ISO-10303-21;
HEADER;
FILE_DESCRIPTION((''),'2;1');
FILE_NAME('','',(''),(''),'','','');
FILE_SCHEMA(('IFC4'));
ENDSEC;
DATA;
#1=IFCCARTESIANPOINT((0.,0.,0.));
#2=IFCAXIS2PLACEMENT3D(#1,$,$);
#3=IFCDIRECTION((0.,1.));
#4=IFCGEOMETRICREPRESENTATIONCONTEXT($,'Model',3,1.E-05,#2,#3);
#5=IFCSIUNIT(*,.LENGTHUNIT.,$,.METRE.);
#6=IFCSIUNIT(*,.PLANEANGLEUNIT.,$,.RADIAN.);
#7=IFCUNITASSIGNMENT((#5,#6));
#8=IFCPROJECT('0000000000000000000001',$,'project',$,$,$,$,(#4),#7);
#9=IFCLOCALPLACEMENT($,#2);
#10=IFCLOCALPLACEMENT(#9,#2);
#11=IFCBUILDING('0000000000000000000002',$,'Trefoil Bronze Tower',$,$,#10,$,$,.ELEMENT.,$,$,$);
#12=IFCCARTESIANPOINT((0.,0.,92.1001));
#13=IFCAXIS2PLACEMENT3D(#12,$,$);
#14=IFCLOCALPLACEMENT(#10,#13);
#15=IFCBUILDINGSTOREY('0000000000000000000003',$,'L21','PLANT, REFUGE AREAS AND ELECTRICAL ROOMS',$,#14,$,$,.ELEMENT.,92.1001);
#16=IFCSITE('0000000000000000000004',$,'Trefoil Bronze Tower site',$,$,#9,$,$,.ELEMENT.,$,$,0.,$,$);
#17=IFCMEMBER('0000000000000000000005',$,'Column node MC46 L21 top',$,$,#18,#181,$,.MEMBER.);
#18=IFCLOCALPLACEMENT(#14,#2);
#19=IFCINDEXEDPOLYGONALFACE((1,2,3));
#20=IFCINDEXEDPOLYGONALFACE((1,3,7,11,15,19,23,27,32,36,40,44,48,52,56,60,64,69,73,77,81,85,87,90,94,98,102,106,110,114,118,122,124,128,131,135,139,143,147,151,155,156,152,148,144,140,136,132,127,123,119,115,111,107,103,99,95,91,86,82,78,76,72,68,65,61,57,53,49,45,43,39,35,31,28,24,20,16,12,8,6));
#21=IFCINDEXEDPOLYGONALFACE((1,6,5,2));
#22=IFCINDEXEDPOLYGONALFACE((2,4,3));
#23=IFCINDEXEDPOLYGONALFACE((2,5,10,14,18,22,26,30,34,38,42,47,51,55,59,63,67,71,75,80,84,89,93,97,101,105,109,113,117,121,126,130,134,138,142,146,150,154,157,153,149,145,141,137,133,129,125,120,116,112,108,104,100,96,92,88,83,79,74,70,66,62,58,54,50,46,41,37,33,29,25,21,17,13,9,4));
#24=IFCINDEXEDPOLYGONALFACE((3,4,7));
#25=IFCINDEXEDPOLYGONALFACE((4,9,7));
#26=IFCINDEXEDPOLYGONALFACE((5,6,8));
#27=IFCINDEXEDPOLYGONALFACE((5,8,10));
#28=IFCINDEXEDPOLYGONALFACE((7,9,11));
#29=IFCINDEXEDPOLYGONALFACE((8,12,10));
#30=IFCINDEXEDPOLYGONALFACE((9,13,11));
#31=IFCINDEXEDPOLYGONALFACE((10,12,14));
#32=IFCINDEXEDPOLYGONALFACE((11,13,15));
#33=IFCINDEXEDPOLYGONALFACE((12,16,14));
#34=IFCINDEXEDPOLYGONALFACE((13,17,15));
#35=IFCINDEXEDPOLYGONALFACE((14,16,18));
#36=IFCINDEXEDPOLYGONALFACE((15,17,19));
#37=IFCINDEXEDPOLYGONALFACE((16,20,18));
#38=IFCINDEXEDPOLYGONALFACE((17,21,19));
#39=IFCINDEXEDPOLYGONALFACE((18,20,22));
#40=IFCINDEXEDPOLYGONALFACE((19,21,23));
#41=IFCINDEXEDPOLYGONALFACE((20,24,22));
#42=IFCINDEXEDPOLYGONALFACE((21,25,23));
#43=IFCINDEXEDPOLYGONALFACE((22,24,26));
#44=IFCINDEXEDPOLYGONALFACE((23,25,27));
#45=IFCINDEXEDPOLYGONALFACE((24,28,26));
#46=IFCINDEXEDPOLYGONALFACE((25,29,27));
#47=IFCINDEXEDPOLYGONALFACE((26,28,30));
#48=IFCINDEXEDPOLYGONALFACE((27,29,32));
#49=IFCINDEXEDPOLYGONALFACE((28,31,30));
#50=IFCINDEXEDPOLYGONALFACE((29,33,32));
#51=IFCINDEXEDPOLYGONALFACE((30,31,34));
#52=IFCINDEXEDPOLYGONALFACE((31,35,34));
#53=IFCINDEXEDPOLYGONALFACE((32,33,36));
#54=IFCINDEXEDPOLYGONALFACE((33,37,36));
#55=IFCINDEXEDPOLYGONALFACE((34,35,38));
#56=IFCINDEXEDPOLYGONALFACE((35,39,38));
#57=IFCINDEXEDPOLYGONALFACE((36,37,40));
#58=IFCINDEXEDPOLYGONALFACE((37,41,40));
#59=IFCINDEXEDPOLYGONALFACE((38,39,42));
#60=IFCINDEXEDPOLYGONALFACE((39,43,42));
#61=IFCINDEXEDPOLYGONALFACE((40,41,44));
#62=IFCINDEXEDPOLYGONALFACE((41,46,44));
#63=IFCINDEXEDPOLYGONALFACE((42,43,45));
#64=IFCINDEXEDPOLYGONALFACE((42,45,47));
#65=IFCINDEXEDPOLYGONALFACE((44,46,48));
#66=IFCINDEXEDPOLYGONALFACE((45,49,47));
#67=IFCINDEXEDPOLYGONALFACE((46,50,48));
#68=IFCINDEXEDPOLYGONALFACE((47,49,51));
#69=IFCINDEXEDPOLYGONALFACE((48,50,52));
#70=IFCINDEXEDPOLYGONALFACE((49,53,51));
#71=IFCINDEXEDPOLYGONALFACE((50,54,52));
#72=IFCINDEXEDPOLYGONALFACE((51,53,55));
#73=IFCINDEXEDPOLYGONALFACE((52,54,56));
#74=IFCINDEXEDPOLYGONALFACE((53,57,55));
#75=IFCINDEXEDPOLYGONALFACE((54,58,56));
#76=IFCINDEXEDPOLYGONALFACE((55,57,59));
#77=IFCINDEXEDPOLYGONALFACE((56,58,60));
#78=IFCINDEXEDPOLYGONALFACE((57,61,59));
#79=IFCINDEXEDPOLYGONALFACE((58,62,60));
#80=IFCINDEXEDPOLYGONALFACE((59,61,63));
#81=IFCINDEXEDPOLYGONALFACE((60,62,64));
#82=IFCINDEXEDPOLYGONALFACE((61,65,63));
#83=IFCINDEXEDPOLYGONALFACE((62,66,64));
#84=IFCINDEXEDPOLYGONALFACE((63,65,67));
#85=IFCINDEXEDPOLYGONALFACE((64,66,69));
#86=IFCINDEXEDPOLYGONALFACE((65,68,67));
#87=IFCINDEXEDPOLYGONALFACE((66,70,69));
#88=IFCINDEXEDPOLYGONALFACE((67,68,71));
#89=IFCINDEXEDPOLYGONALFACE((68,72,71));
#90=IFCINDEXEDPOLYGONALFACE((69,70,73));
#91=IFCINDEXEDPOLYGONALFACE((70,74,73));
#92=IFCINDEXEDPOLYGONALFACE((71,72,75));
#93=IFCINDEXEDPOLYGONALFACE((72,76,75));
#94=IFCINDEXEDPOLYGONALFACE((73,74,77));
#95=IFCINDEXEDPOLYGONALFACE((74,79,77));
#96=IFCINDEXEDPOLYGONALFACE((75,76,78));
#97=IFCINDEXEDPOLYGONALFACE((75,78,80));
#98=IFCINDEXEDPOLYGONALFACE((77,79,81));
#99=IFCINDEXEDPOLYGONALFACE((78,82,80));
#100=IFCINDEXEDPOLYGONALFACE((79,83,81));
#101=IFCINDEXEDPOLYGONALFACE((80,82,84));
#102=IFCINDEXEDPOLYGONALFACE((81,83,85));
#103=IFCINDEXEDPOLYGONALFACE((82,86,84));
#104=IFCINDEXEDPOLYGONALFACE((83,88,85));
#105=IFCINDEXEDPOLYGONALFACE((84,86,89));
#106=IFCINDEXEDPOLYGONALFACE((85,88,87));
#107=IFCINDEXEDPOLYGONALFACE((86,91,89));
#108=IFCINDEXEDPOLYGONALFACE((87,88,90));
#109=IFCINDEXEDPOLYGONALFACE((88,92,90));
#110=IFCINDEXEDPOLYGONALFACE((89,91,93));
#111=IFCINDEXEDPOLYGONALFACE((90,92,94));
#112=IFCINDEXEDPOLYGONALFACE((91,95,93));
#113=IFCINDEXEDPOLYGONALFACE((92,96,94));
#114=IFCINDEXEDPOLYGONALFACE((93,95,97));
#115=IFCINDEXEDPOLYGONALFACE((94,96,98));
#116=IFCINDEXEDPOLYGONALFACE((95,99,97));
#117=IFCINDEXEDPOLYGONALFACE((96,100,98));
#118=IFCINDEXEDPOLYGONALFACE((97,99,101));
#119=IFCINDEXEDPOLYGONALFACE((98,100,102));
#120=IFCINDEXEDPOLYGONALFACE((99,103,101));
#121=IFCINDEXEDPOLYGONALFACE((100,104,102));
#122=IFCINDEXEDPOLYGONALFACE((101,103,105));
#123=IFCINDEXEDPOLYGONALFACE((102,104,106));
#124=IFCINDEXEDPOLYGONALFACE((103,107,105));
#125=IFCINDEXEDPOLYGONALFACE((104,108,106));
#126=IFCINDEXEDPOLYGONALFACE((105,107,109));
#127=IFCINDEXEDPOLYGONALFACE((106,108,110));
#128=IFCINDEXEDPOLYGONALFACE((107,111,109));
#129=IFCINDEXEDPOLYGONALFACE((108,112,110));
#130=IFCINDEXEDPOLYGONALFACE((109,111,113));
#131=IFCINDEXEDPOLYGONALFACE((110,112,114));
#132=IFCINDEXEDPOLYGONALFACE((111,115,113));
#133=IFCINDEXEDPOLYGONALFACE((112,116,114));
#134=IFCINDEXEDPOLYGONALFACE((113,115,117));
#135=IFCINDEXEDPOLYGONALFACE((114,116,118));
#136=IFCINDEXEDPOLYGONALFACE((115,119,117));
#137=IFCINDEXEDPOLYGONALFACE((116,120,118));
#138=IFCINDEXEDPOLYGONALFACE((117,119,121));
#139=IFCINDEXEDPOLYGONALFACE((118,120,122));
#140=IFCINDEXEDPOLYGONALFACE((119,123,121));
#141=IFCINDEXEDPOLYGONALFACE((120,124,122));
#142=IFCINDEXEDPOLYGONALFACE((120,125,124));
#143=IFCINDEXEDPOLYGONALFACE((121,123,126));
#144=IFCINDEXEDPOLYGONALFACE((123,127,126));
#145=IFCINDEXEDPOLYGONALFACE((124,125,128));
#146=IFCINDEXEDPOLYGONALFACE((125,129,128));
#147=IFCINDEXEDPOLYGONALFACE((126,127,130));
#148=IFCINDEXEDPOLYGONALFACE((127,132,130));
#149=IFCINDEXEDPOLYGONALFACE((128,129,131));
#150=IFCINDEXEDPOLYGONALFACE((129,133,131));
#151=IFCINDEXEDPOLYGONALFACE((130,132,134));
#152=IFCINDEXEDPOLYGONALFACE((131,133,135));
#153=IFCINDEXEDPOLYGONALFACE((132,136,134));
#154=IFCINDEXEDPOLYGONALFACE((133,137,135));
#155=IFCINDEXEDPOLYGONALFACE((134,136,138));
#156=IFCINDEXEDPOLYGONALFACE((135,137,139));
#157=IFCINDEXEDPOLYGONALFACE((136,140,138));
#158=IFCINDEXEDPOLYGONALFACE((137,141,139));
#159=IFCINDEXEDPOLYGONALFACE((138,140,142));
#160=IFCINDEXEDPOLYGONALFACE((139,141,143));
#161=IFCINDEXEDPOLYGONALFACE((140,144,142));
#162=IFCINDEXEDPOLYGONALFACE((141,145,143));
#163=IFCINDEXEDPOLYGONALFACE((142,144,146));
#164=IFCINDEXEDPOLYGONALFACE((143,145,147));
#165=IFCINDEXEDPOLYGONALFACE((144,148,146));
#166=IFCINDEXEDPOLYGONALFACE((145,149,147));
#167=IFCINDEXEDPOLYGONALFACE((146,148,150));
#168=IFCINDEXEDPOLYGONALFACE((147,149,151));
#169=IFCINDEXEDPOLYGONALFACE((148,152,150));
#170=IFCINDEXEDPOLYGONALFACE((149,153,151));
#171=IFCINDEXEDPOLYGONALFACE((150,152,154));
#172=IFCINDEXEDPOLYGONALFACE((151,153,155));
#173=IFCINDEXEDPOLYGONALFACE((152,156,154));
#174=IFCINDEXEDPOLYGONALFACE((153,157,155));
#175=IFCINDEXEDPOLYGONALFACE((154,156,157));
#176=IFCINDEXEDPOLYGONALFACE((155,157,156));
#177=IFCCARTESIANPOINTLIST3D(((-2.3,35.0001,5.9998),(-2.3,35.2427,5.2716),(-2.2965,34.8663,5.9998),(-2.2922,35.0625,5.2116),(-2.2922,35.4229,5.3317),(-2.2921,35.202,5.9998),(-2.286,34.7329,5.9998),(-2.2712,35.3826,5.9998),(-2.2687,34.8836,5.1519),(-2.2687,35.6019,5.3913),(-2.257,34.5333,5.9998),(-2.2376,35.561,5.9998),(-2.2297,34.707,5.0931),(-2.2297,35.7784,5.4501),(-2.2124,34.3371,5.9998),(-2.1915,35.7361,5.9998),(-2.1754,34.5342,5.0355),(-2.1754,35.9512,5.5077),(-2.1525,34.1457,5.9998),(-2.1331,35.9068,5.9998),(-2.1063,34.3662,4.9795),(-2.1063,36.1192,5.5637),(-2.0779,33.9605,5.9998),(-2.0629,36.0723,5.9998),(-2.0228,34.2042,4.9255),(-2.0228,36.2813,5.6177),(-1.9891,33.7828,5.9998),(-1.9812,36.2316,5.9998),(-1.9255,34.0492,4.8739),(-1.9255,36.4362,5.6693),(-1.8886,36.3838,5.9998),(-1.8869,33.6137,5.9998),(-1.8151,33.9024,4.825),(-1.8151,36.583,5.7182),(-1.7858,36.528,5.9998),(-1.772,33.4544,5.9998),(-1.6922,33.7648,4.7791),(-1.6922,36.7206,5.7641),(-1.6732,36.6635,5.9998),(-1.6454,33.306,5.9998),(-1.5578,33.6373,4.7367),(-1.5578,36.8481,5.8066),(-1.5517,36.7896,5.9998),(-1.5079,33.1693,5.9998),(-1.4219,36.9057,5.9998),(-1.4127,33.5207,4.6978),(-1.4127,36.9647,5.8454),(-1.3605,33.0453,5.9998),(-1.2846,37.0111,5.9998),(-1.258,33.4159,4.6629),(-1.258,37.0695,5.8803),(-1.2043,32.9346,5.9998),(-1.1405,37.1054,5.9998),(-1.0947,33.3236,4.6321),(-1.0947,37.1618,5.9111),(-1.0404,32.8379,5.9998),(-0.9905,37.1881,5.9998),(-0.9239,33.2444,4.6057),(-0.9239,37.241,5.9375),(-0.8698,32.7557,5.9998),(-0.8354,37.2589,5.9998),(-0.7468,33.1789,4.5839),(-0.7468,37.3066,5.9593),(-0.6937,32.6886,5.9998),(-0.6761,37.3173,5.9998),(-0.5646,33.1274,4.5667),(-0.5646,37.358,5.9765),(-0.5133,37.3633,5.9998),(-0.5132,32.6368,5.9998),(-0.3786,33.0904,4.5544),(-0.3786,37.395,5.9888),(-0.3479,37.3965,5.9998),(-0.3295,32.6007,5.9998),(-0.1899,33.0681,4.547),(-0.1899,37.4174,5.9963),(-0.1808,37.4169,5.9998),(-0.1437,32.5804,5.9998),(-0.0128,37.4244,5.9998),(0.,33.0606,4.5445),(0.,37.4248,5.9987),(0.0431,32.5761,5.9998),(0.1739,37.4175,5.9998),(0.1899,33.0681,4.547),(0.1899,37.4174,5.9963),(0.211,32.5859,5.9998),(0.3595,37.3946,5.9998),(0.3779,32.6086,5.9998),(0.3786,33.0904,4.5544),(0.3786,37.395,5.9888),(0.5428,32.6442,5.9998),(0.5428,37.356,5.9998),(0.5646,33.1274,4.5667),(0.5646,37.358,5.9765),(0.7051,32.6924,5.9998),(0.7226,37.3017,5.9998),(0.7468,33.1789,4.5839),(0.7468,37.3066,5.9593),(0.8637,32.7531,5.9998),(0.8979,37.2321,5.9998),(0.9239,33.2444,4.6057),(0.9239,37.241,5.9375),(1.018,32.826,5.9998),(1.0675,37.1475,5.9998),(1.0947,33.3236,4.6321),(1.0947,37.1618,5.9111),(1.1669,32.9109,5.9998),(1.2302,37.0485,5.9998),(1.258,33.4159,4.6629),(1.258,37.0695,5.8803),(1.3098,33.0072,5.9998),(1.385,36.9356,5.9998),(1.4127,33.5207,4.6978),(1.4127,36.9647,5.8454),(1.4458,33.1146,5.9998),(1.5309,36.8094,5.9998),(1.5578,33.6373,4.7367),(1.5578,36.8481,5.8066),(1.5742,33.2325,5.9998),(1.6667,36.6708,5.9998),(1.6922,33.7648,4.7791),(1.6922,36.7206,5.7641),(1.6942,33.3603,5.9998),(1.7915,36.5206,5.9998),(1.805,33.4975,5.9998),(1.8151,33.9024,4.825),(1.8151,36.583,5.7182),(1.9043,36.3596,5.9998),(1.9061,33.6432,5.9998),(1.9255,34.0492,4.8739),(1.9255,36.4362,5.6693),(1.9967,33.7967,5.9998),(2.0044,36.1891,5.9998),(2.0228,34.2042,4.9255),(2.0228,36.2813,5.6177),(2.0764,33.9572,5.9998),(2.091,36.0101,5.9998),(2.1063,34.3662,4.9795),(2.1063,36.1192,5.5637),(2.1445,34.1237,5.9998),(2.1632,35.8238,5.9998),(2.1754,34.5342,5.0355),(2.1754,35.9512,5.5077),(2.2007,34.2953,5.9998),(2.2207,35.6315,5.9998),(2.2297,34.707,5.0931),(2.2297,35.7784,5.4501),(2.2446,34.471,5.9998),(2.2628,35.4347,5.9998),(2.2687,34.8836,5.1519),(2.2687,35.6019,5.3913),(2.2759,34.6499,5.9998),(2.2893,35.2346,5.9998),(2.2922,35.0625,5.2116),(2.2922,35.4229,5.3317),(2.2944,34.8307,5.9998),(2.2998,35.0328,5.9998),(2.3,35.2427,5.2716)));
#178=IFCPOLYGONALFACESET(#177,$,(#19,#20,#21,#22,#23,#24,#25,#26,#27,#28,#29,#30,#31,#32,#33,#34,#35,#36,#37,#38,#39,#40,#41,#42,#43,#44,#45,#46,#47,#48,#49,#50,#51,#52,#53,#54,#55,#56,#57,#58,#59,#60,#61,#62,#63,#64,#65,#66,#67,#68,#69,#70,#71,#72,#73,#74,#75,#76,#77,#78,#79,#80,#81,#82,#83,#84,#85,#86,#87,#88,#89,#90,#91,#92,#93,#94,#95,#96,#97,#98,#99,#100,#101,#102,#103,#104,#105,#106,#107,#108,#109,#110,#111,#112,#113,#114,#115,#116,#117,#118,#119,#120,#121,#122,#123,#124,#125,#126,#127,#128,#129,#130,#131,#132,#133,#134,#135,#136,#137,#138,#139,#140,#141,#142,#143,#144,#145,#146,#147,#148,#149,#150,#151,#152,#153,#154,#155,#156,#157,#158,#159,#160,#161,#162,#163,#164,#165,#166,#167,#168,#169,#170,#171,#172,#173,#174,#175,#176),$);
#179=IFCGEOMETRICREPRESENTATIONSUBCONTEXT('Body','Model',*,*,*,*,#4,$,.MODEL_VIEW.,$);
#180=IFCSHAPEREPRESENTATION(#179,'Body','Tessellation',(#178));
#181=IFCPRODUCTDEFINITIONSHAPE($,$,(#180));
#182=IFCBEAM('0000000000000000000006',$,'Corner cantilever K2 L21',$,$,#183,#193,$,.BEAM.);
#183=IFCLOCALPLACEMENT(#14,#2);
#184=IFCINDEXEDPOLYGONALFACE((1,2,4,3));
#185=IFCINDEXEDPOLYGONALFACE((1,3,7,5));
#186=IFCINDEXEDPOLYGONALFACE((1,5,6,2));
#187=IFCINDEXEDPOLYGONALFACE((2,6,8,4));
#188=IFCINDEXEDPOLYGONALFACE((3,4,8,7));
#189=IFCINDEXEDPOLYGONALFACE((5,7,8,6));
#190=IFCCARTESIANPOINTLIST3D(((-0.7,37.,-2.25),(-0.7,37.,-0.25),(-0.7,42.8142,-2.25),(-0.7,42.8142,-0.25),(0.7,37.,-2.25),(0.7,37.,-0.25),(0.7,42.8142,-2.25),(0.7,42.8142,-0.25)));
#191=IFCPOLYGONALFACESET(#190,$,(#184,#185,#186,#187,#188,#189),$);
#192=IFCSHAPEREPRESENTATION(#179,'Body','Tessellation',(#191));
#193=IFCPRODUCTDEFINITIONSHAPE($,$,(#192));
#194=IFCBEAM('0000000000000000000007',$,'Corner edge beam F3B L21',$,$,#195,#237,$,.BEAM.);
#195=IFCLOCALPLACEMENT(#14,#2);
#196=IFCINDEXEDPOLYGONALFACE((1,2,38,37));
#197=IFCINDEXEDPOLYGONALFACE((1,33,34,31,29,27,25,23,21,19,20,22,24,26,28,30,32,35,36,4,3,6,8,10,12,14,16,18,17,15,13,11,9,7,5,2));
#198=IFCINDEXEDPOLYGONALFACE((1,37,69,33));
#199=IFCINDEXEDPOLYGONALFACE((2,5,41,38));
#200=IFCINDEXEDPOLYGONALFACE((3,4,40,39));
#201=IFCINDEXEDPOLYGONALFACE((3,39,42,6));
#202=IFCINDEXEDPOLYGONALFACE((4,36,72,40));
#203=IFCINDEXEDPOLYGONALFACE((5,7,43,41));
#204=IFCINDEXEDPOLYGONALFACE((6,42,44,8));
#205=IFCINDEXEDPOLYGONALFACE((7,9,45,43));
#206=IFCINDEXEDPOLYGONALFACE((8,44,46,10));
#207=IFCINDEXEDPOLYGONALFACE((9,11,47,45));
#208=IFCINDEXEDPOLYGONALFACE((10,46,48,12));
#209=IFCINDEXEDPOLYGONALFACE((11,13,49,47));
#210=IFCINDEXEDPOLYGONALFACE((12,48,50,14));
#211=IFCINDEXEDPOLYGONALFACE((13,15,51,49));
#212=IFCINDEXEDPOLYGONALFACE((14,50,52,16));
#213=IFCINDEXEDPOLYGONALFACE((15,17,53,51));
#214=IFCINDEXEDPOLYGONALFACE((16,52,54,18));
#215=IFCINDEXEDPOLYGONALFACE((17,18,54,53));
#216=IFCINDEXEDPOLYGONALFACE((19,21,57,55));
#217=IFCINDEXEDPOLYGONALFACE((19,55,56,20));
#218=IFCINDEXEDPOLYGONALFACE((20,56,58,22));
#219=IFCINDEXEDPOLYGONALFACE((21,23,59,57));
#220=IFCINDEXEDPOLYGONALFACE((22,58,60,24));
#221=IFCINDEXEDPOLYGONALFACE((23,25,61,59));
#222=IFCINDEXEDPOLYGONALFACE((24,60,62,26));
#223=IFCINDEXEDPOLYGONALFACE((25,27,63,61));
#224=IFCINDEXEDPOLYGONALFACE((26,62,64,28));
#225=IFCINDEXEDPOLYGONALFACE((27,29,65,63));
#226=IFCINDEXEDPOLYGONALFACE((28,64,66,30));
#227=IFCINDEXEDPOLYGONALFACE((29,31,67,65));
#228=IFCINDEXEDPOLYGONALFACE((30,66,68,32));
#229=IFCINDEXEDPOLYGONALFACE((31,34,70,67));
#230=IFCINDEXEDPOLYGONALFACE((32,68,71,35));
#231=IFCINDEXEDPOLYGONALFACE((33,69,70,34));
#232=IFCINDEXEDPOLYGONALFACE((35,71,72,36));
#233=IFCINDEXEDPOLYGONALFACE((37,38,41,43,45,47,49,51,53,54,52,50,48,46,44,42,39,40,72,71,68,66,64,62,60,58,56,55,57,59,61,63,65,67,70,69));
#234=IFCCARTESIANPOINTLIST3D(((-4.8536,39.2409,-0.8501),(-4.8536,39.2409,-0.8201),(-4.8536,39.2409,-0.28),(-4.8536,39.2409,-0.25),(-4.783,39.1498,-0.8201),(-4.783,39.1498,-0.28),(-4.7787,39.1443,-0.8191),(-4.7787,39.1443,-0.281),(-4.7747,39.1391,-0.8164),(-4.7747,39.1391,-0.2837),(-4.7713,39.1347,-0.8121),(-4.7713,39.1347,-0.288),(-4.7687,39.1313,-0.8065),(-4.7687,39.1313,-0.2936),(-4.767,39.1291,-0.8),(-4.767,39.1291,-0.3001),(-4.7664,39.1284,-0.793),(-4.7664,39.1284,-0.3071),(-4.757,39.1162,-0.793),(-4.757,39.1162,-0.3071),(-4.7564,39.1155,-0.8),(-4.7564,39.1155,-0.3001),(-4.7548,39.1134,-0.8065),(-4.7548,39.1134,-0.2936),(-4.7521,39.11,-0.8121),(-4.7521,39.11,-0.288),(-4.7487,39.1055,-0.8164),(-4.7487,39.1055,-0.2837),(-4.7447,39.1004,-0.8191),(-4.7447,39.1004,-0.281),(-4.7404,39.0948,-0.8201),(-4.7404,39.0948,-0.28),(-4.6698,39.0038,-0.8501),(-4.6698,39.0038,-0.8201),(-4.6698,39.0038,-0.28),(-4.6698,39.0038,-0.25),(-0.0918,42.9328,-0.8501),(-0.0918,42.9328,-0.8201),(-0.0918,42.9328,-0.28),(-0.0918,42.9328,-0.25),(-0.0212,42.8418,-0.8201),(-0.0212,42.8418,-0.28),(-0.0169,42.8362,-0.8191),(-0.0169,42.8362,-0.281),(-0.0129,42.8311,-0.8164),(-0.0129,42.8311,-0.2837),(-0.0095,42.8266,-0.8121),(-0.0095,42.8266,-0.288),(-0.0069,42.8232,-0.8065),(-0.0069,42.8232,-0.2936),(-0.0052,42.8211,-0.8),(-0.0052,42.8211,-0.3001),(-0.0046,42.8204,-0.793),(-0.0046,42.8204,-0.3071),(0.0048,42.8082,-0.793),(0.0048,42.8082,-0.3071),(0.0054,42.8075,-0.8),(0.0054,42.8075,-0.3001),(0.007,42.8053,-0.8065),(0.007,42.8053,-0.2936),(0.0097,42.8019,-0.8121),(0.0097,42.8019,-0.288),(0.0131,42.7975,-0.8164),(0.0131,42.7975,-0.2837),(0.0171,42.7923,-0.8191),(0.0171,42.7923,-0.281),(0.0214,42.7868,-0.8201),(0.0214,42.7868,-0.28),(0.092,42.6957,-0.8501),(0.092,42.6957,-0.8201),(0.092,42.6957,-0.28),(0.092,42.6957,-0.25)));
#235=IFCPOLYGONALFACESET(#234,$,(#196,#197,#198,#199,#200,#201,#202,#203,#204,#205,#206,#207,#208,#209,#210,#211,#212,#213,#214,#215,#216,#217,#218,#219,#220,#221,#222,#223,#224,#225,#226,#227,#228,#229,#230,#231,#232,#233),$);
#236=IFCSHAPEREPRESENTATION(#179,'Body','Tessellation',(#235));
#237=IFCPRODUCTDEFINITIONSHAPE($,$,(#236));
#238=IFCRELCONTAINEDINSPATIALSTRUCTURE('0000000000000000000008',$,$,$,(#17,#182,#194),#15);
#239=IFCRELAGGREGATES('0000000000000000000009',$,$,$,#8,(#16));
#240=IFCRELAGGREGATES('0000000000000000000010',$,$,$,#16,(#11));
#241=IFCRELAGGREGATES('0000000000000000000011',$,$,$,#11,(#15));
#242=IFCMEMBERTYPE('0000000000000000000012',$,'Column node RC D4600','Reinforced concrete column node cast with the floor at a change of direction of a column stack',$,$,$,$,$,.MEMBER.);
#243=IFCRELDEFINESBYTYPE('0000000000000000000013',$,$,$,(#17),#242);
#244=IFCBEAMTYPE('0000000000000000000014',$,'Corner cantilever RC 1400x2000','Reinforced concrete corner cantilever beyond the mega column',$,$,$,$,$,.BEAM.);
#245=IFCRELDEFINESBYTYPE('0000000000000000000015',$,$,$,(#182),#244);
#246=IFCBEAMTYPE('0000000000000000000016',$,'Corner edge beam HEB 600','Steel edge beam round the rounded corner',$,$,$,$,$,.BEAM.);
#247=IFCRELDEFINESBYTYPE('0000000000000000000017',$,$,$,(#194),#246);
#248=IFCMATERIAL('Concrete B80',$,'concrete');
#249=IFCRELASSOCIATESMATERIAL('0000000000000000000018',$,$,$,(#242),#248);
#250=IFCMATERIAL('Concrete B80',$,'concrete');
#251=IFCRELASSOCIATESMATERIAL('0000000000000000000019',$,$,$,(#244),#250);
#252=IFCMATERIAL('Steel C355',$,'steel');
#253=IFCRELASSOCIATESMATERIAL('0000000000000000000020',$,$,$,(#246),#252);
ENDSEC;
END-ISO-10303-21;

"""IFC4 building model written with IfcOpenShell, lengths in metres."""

from ifc_helpers import new_model, si_unit, direction, frame, origin, origin_2d, place, context, subcontext, project, spatial, rectangle, circle, i_section, extrude, clip, halfspace, material, material_profile, profile_set, type_object, element, save


model = new_model("IFC4")

# Units and contexts
model_context = context("Model", 3, precision=1e-05, world=origin(), true_north=direction((0.0, 1.0)))
body_context = subcontext(model_context, "Body", "Model", "MODEL_VIEW")
ifc_project = project(units=[si_unit("LENGTHUNIT", "METRE"), si_unit("PLANEANGLEUNIT", "RADIAN")], contexts=[model_context])

# Site, building, storey
site_placement = place(None, origin())
site = spatial("IfcSite", under=ifc_project, at=site_placement, Name="Trefoil Bronze Tower site", CompositionType="ELEMENT", RefElevation=0.0)
building_placement = place(site_placement, origin())
building = spatial("IfcBuilding", under=site, at=building_placement, Name="Trefoil Bronze Tower", CompositionType="ELEMENT")
storey_placement = place(building_placement, frame((0.0, 0.0, 92.1001)))
storey = spatial("IfcBuildingStorey", under=building, at=storey_placement, Name="L21", Description="PLANT, REFUGE AREAS AND ELECTRICAL ROOMS", CompositionType="ELEMENT", Elevation=92.1001)

# Member
ifc_material_1 = material(Name="Concrete B80", Category="concrete")
ifc_material_profile_1 = material_profile(ifc_material_1, circle(Radius=2.3, at=origin_2d()), Name="RC D4600")
ifc_profile_set_1 = profile_set([ifc_material_profile_1], Name="Concrete B80")
member_type_1 = type_object("IfcMemberType", Name="Column node RC D4600", Description="Reinforced concrete column node cast with the floor at a change of direction of a column stack", PredefinedType="MEMBER", material=ifc_profile_set_1)
member_1_placement = place(storey_placement, frame((0.0, 34.7573, 6.7283), z_axis=(0.0, 0.316132, -0.948715), x_axis=(-1.0, 0.0, 0.0)))
element("IfcMember", 1, at=member_1_placement, inside=storey, type_object=member_type_1, Name="Column node MC46 L21 top", PredefinedType="MEMBER", context=body_context, shape_type="Clipping", body=[
    clip(extrude(circle(Radius=2.3, at=origin_2d()), origin(), (0.0, 0.0, 1.0), 1.5354), halfspace(frame((0.0, 0.0, 0.7678), z_axis=(0.0, -0.316132, 0.948715), x_axis=(0.0, 0.948715, 0.316132)), True)),
])

# Beams
ifc_material_2 = material(Name="Concrete B80", Category="concrete")
ifc_material_profile_2 = material_profile(ifc_material_2, rectangle(XDim=1.3999, YDim=2.0, at=origin_2d()), Name="RC 1400x2000")
ifc_profile_set_2 = profile_set([ifc_material_profile_2], Name="Concrete B80")
beam_type_1 = type_object("IfcBeamType", Name="Corner cantilever RC 1400x2000", Description="Reinforced concrete corner cantilever beyond the mega column", PredefinedType="BEAM", material=ifc_profile_set_2)
beam_1_placement = place(storey_placement, frame((0.0, 37.0, -1.25), z_axis=(0.0, 1.0, 0.0), x_axis=(-1.0, 0.0, 0.0)))
element("IfcBeam", 2, at=beam_1_placement, inside=storey, type_object=beam_type_1, Name="Corner cantilever K2 L21", PredefinedType="BEAM", context=body_context, shape_type="SweptSolid", body=[
    extrude(rectangle(XDim=1.3999, YDim=2.0, at=origin_2d()), origin(), (0.0, 0.0, 1.0), 5.8142),
])
ifc_material_3 = material(Name="Steel C355", Category="steel")
ifc_material_profile_3 = material_profile(ifc_material_3, i_section(OverallWidth=0.3, OverallDepth=0.6001, WebThickness=0.0154, FlangeThickness=0.03, FilletRadius=0.0271, at=origin_2d()), Name="HEB 600")
ifc_profile_set_3 = profile_set([ifc_material_profile_3], Name="Steel C355")
beam_type_2 = type_object("IfcBeamType", Name="Corner edge beam HEB 600", Description="Steel edge beam round the rounded corner", PredefinedType="BEAM", material=ifc_profile_set_3)
beam_2_placement = place(storey_placement, frame((-4.7617, 39.1223, -0.55), z_axis=(0.790289, 0.612734, 0.0), x_axis=(-0.612734, 0.790289, 0.0)))
element("IfcBeam", 3, at=beam_2_placement, inside=storey, type_object=beam_type_2, Name="Corner edge beam F3B L21", PredefinedType="BEAM", context=body_context, shape_type="SweptSolid", body=[
    extrude(i_section(OverallWidth=0.3, OverallDepth=0.6001, WebThickness=0.0154, FlangeThickness=0.03, FilletRadius=0.0271, at=origin_2d()), origin(), (0.0, 0.0, 1.0), 6.0254),
])

save(model, "model.ifc")
